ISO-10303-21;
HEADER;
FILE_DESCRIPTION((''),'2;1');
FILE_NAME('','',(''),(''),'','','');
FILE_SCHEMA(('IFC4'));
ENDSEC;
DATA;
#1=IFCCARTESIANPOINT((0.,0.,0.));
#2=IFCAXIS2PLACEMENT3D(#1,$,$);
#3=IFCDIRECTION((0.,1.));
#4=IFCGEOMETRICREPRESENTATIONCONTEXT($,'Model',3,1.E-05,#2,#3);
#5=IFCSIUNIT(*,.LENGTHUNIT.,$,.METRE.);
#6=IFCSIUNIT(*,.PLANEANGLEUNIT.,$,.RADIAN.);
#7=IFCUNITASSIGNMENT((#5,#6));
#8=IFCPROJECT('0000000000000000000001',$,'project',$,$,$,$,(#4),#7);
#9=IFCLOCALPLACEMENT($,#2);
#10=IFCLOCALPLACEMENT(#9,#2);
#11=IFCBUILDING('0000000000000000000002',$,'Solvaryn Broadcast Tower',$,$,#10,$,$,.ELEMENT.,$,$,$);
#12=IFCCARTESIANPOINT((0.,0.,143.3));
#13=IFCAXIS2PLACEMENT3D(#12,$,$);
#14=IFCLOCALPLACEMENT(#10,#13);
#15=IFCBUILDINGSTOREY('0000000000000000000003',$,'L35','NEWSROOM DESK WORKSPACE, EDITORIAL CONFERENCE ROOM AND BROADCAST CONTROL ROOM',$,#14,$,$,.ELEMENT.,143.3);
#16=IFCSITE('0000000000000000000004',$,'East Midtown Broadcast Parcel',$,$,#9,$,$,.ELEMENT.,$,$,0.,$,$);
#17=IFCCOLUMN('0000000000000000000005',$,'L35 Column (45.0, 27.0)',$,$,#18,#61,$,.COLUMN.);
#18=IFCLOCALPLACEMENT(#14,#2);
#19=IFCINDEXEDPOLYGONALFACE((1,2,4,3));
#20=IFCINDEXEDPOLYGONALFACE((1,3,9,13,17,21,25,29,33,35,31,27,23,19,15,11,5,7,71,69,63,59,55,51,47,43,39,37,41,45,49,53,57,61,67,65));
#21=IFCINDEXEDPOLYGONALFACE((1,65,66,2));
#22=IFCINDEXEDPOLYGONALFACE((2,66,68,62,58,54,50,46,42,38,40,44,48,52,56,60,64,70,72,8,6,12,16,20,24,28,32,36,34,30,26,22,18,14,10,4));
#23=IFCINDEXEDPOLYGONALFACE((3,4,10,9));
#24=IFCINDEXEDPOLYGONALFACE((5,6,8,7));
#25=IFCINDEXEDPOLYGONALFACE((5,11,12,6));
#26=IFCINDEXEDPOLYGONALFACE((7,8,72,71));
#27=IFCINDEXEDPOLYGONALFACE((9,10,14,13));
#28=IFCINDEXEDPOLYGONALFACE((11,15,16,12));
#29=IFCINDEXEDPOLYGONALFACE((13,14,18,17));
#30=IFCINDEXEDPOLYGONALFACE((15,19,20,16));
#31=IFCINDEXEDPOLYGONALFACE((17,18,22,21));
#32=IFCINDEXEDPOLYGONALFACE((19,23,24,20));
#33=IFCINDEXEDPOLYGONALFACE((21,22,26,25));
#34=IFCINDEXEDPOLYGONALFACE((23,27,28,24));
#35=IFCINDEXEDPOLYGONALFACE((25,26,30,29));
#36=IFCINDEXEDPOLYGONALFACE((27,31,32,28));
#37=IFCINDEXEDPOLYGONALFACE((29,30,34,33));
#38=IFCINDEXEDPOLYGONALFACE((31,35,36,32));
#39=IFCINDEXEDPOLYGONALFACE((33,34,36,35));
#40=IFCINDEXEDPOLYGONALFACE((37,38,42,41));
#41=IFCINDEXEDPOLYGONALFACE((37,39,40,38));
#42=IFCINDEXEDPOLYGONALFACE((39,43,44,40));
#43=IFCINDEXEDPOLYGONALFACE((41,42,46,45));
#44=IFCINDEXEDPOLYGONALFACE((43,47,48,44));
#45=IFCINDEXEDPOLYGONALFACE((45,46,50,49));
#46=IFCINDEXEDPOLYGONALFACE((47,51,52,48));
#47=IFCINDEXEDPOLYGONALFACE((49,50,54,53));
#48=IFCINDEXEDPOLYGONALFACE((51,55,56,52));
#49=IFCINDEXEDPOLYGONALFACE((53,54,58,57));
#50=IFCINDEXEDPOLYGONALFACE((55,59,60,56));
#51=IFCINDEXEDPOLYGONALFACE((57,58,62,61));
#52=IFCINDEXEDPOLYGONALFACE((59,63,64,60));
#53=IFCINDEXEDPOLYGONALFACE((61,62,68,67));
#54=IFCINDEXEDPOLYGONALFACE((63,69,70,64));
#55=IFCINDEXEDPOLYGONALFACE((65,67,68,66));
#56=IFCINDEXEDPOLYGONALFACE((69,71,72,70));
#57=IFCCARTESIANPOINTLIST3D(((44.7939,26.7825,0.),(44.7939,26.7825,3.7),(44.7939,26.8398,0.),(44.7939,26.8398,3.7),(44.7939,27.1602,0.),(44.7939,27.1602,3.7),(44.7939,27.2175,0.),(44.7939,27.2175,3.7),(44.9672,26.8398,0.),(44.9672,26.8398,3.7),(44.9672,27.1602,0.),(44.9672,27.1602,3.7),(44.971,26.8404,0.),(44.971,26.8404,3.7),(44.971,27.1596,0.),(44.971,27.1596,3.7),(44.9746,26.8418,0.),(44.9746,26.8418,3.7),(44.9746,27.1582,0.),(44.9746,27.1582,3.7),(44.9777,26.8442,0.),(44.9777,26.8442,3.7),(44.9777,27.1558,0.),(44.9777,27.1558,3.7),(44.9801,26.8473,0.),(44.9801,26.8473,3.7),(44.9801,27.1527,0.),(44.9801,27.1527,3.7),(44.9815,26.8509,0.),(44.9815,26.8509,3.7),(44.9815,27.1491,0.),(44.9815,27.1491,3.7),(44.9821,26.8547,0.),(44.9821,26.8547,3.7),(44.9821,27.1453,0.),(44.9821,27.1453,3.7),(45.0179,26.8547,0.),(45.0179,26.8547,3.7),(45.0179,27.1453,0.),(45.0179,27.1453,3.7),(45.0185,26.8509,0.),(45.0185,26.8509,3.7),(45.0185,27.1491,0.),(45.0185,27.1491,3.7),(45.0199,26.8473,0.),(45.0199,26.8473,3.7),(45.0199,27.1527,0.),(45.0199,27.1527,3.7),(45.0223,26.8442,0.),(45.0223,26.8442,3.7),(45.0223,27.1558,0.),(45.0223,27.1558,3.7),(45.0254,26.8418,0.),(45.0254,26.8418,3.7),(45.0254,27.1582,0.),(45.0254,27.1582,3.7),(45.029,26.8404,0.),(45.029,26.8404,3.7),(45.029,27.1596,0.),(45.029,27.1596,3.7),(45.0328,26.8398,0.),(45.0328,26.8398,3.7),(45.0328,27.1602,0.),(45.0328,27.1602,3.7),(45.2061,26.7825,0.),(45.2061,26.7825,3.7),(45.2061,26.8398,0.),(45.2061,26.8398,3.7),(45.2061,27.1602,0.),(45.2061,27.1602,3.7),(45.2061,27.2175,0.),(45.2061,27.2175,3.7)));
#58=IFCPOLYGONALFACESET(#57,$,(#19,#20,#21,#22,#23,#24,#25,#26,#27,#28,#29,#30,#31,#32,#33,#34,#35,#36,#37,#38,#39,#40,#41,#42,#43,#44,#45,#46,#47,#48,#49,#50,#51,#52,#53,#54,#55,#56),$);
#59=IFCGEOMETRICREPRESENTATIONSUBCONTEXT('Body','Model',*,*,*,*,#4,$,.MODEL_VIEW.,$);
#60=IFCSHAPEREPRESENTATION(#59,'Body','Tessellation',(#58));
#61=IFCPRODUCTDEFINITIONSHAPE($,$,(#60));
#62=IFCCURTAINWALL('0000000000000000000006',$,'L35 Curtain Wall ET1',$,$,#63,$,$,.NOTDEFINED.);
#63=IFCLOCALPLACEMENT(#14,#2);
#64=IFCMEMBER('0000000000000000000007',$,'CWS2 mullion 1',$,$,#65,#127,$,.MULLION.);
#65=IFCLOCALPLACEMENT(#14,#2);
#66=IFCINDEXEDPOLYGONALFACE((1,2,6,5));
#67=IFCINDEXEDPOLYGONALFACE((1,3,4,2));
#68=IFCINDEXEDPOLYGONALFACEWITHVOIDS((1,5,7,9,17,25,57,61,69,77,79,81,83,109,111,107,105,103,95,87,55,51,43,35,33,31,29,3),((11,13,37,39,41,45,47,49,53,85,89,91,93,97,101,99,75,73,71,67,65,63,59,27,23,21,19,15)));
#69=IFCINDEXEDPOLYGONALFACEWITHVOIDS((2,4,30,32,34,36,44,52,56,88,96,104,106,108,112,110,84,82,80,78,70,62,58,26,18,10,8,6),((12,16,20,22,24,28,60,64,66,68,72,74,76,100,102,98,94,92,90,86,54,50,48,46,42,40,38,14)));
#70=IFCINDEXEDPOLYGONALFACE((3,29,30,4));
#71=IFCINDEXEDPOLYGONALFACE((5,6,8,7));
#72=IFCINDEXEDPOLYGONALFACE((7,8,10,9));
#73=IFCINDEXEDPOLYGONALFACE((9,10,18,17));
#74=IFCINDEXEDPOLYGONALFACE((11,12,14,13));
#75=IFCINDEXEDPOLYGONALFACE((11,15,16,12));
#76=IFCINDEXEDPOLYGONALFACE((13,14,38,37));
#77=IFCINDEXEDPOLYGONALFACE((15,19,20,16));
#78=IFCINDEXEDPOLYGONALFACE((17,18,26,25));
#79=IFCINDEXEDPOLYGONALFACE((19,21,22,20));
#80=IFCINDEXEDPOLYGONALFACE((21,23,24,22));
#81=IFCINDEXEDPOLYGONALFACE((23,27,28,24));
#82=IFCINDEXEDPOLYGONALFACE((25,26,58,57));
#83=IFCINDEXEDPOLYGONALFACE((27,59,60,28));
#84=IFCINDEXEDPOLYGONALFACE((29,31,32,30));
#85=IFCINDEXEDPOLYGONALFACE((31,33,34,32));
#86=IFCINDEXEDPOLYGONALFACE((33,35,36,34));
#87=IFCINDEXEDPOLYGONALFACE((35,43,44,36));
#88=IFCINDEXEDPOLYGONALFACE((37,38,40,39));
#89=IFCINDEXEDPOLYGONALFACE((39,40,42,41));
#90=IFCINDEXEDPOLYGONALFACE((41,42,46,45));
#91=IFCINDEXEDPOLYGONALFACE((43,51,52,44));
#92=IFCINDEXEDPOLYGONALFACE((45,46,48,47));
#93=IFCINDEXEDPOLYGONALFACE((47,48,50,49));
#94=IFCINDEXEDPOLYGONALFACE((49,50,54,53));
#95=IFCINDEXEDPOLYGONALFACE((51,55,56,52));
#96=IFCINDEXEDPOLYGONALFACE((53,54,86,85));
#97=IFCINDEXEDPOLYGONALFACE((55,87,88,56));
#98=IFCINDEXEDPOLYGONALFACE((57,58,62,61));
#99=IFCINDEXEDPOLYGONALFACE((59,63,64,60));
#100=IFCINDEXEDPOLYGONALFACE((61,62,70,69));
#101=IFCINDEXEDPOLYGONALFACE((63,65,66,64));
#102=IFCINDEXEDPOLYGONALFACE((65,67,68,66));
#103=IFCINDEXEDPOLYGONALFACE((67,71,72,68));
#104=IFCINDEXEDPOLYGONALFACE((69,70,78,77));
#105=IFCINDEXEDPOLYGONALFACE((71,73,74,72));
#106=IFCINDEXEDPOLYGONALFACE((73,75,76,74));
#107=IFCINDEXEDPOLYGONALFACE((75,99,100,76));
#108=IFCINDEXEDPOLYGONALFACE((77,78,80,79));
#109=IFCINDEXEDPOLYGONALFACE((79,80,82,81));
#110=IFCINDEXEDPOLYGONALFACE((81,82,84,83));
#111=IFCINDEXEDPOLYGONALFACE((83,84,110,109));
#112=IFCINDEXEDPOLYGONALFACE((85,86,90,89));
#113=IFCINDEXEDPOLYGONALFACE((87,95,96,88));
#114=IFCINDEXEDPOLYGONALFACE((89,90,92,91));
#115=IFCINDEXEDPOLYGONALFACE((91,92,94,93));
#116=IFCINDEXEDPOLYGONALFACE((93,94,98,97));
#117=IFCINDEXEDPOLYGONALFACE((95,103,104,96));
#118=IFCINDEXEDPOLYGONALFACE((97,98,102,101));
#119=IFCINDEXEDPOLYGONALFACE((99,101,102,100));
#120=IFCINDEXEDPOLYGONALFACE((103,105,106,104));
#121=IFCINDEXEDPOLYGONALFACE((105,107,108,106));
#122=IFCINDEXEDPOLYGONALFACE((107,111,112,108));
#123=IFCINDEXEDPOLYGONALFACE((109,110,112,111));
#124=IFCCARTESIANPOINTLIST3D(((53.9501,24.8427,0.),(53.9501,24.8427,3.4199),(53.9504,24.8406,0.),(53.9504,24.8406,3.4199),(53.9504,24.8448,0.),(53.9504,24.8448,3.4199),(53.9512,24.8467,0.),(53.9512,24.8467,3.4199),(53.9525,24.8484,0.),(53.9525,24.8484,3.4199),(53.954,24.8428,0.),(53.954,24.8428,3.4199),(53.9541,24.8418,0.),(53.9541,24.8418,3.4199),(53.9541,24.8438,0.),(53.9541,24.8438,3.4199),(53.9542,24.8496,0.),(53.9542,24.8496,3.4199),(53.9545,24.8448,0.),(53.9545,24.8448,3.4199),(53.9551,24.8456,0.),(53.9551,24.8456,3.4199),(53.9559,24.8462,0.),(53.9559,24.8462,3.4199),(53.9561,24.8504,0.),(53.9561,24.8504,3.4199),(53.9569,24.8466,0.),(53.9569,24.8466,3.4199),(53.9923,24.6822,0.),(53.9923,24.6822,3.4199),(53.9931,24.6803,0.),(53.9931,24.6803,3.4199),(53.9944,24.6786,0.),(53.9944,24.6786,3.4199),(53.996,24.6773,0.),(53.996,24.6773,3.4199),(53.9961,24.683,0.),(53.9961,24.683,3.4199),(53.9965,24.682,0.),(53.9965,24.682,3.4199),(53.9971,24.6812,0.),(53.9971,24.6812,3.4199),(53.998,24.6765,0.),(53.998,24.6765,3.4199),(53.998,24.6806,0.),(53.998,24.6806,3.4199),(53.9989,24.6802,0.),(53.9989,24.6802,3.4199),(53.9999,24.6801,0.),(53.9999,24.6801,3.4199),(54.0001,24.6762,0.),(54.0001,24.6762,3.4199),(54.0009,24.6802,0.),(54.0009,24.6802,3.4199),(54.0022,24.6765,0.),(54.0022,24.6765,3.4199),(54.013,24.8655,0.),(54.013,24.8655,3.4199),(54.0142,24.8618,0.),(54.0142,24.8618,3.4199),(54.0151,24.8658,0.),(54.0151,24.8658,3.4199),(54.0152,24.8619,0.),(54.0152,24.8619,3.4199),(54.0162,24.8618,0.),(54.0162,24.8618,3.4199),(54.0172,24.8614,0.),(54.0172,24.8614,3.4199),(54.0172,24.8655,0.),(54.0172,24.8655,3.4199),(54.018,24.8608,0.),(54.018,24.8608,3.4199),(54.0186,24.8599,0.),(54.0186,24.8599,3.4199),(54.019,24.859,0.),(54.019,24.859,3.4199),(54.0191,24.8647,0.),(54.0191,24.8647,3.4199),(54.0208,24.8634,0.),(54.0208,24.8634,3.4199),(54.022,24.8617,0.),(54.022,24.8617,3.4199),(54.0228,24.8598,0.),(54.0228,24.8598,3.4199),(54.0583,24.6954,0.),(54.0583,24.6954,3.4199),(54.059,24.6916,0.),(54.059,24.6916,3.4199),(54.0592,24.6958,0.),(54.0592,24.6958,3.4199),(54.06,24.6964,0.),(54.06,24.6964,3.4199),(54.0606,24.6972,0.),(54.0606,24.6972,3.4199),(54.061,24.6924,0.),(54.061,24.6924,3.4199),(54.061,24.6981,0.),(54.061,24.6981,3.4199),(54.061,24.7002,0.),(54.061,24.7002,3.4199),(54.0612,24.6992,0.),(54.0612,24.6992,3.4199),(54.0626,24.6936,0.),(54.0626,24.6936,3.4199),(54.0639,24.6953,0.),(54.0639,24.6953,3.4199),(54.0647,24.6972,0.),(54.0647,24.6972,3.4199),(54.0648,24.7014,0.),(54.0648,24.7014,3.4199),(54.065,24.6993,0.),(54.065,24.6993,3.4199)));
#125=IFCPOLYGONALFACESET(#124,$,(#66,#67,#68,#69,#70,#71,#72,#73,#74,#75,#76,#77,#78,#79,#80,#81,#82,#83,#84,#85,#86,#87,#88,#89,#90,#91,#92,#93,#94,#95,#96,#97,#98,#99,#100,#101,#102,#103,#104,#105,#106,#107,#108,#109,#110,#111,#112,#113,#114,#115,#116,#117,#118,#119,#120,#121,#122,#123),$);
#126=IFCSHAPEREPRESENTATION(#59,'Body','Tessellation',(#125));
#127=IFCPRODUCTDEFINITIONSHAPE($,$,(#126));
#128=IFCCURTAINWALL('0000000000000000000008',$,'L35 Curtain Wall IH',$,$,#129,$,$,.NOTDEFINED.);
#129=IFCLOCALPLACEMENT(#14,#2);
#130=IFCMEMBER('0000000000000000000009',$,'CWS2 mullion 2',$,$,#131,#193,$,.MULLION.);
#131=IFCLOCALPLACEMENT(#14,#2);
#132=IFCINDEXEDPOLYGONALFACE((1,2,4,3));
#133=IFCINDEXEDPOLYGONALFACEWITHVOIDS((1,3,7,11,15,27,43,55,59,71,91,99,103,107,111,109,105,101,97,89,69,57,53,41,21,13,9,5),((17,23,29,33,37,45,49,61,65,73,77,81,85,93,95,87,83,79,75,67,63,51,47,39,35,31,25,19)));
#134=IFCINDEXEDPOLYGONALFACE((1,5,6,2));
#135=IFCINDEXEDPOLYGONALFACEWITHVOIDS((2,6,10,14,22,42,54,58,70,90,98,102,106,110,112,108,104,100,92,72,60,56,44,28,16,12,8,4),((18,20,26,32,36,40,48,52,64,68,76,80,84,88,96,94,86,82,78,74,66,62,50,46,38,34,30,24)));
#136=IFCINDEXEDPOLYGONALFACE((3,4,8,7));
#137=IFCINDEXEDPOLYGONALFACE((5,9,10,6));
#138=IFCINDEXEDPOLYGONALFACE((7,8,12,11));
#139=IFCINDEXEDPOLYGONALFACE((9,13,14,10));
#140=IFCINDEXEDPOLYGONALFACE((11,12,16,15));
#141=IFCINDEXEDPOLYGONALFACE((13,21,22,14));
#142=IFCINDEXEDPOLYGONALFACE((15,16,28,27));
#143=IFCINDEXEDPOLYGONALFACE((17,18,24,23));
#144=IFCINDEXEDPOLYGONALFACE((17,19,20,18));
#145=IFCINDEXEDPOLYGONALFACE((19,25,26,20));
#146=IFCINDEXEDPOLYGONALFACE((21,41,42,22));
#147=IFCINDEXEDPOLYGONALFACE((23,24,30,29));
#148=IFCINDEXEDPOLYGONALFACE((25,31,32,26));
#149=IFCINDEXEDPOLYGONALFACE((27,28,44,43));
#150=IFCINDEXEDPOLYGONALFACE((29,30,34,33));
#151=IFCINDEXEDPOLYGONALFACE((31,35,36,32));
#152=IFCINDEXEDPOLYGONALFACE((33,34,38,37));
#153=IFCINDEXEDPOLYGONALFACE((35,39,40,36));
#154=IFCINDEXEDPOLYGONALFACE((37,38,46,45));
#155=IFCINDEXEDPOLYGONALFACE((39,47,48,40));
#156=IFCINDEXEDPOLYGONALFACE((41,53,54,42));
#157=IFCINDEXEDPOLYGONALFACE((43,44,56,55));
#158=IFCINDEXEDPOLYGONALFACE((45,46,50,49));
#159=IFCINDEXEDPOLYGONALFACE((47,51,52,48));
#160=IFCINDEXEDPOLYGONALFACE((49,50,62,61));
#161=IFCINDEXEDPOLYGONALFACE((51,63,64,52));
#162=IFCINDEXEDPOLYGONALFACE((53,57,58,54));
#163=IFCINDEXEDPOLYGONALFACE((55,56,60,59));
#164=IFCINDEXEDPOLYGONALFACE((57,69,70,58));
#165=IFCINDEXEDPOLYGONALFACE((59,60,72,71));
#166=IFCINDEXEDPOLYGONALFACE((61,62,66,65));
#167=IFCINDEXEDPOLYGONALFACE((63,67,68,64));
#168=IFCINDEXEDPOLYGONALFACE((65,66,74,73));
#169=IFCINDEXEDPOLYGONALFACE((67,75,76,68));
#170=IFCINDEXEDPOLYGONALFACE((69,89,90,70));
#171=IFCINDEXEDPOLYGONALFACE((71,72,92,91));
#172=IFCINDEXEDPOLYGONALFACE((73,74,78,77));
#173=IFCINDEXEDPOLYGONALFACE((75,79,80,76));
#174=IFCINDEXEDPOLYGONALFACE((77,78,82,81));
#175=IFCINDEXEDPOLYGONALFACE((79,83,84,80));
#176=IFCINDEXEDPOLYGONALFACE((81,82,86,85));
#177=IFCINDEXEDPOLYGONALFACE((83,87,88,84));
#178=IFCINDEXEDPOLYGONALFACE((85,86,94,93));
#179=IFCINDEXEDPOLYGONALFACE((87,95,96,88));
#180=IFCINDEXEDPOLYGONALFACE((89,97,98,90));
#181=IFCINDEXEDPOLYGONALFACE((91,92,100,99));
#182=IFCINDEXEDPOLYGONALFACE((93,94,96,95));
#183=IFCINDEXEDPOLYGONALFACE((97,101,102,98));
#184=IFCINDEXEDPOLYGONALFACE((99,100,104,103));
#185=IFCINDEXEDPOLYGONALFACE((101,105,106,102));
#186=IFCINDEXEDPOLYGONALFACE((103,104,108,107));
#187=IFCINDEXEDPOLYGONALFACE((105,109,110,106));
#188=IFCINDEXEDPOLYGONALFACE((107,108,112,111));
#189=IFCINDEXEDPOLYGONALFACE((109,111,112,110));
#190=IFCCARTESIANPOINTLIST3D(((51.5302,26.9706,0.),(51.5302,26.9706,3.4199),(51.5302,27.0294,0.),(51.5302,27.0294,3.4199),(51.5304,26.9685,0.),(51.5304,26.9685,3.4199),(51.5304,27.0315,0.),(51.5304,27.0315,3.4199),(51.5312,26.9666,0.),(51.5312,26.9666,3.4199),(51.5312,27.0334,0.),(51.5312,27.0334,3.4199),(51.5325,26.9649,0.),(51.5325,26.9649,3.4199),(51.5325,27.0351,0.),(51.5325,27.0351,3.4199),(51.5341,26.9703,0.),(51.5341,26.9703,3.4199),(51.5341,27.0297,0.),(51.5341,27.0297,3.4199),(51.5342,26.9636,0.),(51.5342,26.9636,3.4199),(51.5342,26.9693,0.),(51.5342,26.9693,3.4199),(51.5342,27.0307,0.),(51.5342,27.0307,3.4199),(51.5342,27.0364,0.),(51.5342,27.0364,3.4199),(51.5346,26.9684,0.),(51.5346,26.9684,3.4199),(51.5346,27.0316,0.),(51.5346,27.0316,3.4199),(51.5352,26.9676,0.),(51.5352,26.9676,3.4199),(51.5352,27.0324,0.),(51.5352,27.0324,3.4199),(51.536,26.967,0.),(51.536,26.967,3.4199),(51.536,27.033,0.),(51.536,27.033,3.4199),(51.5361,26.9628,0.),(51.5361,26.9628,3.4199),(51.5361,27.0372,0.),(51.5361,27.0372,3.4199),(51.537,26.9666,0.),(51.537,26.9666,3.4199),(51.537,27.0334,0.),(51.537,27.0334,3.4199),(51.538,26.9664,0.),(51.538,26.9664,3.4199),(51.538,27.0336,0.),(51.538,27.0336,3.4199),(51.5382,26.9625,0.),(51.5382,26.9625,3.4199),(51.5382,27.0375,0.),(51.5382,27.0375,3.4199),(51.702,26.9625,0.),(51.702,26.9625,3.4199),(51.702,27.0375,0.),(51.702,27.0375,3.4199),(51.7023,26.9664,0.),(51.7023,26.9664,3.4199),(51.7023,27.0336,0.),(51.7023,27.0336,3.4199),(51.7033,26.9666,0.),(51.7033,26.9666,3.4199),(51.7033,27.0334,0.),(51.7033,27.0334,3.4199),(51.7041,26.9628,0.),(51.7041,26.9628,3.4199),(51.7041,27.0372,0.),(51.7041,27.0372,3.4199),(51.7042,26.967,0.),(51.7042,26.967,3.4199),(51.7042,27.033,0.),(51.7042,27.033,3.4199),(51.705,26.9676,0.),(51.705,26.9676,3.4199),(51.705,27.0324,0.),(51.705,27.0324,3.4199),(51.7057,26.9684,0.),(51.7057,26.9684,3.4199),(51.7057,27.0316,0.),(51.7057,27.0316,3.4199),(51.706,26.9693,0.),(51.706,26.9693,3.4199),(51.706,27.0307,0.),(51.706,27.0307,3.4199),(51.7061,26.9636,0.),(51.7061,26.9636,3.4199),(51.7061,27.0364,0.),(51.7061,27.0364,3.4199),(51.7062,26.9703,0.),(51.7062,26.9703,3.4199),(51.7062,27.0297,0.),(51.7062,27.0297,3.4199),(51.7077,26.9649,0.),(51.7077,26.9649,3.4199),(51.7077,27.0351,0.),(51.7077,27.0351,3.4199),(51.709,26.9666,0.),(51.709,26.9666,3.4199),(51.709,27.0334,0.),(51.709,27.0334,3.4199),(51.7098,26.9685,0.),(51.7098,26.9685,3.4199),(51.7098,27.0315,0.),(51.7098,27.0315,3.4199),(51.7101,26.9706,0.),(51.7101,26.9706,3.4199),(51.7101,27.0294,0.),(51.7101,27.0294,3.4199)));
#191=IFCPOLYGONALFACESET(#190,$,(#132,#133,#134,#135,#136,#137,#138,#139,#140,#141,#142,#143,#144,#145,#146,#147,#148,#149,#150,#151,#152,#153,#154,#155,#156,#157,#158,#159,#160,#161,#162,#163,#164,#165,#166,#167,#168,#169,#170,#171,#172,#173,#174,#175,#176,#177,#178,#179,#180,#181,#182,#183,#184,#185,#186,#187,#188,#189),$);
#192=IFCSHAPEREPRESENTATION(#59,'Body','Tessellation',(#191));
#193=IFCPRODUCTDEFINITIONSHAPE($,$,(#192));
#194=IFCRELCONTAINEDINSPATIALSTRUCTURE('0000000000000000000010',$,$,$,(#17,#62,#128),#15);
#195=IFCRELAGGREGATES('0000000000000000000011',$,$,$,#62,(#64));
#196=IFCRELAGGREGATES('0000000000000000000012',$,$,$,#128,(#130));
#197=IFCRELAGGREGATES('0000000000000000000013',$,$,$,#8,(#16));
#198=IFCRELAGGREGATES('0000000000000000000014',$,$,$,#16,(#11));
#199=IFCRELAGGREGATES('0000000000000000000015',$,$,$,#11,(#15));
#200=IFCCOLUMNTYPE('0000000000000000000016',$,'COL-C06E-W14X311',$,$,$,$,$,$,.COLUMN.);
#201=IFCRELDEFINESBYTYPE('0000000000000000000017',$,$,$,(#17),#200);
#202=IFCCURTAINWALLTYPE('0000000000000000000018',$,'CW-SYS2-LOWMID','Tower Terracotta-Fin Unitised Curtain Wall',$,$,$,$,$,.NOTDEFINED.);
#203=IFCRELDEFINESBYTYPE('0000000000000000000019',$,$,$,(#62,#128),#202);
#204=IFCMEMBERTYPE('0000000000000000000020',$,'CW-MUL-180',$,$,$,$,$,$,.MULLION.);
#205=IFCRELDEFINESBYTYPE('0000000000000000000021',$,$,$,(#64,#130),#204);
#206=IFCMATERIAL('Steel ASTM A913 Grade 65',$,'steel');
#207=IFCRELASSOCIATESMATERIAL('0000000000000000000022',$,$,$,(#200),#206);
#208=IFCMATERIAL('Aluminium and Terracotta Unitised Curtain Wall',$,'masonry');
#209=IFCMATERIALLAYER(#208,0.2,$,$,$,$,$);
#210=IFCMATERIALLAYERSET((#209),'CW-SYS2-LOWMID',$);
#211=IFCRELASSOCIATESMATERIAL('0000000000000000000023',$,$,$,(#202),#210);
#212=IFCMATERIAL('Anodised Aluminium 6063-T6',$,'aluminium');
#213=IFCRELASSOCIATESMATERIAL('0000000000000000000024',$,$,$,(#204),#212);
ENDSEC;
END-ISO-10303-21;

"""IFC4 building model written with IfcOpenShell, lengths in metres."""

from ifc_helpers import new_model, si_unit, direction, frame, origin, origin_2d, place, context, subcontext, project, spatial, hollow_rectangle, i_section, extrude, material, layer, layer_set, material_profile, profile_set, type_object, element, aggregate, save


model = new_model("IFC4")

# Units and contexts
model_context = context("Model", 3, precision=1e-05, world=origin(), true_north=direction((0.0, 1.0)))
body_context = subcontext(model_context, "Body", "Model", "MODEL_VIEW")
ifc_project = project(units=[si_unit("LENGTHUNIT", "METRE"), si_unit("PLANEANGLEUNIT", "RADIAN")], contexts=[model_context])

# Site, building, storey
site_placement = place(None, origin())
site = spatial("IfcSite", under=ifc_project, at=site_placement, Name="East Midtown Broadcast Parcel", CompositionType="ELEMENT", RefElevation=0.0)
building_placement = place(site_placement, origin())
building = spatial("IfcBuilding", under=site, at=building_placement, Name="Solvaryn Broadcast Tower", CompositionType="ELEMENT")
storey_placement = place(building_placement, frame((0.0, 0.0, 143.3)))
storey = spatial("IfcBuildingStorey", under=building, at=storey_placement, Name="L35", Description="NEWSROOM DESK WORKSPACE, EDITORIAL CONFERENCE ROOM AND BROADCAST CONTROL ROOM", CompositionType="ELEMENT", Elevation=143.3)

# Column
ifc_material_1 = material(Name="Steel ASTM A913 Grade 65", Category="steel")
ifc_material_profile_1 = material_profile(ifc_material_1, i_section(OverallWidth=0.4121, OverallDepth=0.4351, WebThickness=0.0359, FlangeThickness=0.0574, FilletRadius=0.0149, at=origin_2d()))
ifc_profile_set_1 = profile_set([ifc_material_profile_1], Name="Steel ASTM A913 Grade 65")
column_type = type_object("IfcColumnType", Name="COL-C06E-W14X311", PredefinedType="COLUMN", material=ifc_profile_set_1)
column_placement = place(storey_placement, frame((45.0, 27.0, 0.0), z_axis=(0.0, 0.0, 1.0), x_axis=(1.0, 0.0, 0.0)))
element("IfcColumn", 1, at=column_placement, inside=storey, type_object=column_type, Name="L35 Column (45.0, 27.0)", PredefinedType="COLUMN", context=body_context, shape_type="SweptSolid", body=[
    extrude(i_section(OverallWidth=0.4121, OverallDepth=0.4351, WebThickness=0.0359, FlangeThickness=0.0574, FilletRadius=0.0149, at=origin_2d()), origin(), (0.0, 0.0, 1.0), 3.7),
])

# Curtain walls, members
ifc_material_2 = material(Name="Aluminium and Terracotta Unitised Curtain Wall", Category="masonry")
ifc_layer_1 = layer(ifc_material_2, 0.2)
ifc_layer_set_1 = layer_set([ifc_layer_1], Name="CW-SYS2-LOWMID")
curtain_wall_type = type_object("IfcCurtainWallType", Name="CW-SYS2-LOWMID", Description="Tower Terracotta-Fin Unitised Curtain Wall", PredefinedType="NOTDEFINED", material=ifc_layer_set_1)
curtain_wall_1_placement = place(storey_placement, origin())
curtain_wall_1 = element("IfcCurtainWall", 2, at=curtain_wall_1_placement, inside=storey, type_object=curtain_wall_type, Name="L35 Curtain Wall ET1", PredefinedType="NOTDEFINED")
ifc_material_3 = material(Name="Anodised Aluminium 6063-T6", Category="aluminium")
ifc_material_profile_2 = material_profile(ifc_material_3, hollow_rectangle(XDim=0.075, YDim=0.1799, WallThickness=0.0039, InnerFilletRadius=0.0039, OuterFilletRadius=0.0081, at=origin_2d()))
ifc_profile_set_2 = profile_set([ifc_material_profile_2], Name="Anodised Aluminium 6063-T6")
member_type_1 = type_object("IfcMemberType", Name="CW-MUL-180", PredefinedType="MULLION", material=ifc_profile_set_2)
member_1_placement = place(storey_placement, frame((54.0076, 24.771, 0.0), z_axis=(0.0, 0.0, 1.0), x_axis=(0.966705, 0.255893, 0.0)))
member_1 = element("IfcMember", 3, at=member_1_placement, type_object=member_type_1, Name="CWS2 mullion 1", PredefinedType="MULLION", context=body_context, shape_type="SweptSolid", body=[
    extrude(hollow_rectangle(XDim=0.075, YDim=0.1799, WallThickness=0.0039, InnerFilletRadius=0.0039, OuterFilletRadius=0.0081, at=origin_2d()), origin(), (0.0, 0.0, 1.0), 3.4199),
])
curtain_wall_2_placement = place(storey_placement, origin())
curtain_wall_2 = element("IfcCurtainWall", 4, at=curtain_wall_2_placement, inside=storey, type_object=curtain_wall_type, Name="L35 Curtain Wall IH", PredefinedType="NOTDEFINED")
member_2_placement = place(storey_placement, frame((51.6201, 27.0, 0.0), z_axis=(0.0, 0.0, 1.0), x_axis=(0.0, 1.0, 0.0)))
member_2 = element("IfcMember", 5, at=member_2_placement, type_object=member_type_1, Name="CWS2 mullion 2", PredefinedType="MULLION", context=body_context, shape_type="SweptSolid", body=[
    extrude(hollow_rectangle(XDim=0.075, YDim=0.1799, WallThickness=0.0039, InnerFilletRadius=0.0039, OuterFilletRadius=0.0081, at=origin_2d()), origin(), (0.0, 0.0, 1.0), 3.4199),
])

aggregate(curtain_wall_1, [member_1])
aggregate(curtain_wall_2, [member_2])

save(model, "model.ifc")
